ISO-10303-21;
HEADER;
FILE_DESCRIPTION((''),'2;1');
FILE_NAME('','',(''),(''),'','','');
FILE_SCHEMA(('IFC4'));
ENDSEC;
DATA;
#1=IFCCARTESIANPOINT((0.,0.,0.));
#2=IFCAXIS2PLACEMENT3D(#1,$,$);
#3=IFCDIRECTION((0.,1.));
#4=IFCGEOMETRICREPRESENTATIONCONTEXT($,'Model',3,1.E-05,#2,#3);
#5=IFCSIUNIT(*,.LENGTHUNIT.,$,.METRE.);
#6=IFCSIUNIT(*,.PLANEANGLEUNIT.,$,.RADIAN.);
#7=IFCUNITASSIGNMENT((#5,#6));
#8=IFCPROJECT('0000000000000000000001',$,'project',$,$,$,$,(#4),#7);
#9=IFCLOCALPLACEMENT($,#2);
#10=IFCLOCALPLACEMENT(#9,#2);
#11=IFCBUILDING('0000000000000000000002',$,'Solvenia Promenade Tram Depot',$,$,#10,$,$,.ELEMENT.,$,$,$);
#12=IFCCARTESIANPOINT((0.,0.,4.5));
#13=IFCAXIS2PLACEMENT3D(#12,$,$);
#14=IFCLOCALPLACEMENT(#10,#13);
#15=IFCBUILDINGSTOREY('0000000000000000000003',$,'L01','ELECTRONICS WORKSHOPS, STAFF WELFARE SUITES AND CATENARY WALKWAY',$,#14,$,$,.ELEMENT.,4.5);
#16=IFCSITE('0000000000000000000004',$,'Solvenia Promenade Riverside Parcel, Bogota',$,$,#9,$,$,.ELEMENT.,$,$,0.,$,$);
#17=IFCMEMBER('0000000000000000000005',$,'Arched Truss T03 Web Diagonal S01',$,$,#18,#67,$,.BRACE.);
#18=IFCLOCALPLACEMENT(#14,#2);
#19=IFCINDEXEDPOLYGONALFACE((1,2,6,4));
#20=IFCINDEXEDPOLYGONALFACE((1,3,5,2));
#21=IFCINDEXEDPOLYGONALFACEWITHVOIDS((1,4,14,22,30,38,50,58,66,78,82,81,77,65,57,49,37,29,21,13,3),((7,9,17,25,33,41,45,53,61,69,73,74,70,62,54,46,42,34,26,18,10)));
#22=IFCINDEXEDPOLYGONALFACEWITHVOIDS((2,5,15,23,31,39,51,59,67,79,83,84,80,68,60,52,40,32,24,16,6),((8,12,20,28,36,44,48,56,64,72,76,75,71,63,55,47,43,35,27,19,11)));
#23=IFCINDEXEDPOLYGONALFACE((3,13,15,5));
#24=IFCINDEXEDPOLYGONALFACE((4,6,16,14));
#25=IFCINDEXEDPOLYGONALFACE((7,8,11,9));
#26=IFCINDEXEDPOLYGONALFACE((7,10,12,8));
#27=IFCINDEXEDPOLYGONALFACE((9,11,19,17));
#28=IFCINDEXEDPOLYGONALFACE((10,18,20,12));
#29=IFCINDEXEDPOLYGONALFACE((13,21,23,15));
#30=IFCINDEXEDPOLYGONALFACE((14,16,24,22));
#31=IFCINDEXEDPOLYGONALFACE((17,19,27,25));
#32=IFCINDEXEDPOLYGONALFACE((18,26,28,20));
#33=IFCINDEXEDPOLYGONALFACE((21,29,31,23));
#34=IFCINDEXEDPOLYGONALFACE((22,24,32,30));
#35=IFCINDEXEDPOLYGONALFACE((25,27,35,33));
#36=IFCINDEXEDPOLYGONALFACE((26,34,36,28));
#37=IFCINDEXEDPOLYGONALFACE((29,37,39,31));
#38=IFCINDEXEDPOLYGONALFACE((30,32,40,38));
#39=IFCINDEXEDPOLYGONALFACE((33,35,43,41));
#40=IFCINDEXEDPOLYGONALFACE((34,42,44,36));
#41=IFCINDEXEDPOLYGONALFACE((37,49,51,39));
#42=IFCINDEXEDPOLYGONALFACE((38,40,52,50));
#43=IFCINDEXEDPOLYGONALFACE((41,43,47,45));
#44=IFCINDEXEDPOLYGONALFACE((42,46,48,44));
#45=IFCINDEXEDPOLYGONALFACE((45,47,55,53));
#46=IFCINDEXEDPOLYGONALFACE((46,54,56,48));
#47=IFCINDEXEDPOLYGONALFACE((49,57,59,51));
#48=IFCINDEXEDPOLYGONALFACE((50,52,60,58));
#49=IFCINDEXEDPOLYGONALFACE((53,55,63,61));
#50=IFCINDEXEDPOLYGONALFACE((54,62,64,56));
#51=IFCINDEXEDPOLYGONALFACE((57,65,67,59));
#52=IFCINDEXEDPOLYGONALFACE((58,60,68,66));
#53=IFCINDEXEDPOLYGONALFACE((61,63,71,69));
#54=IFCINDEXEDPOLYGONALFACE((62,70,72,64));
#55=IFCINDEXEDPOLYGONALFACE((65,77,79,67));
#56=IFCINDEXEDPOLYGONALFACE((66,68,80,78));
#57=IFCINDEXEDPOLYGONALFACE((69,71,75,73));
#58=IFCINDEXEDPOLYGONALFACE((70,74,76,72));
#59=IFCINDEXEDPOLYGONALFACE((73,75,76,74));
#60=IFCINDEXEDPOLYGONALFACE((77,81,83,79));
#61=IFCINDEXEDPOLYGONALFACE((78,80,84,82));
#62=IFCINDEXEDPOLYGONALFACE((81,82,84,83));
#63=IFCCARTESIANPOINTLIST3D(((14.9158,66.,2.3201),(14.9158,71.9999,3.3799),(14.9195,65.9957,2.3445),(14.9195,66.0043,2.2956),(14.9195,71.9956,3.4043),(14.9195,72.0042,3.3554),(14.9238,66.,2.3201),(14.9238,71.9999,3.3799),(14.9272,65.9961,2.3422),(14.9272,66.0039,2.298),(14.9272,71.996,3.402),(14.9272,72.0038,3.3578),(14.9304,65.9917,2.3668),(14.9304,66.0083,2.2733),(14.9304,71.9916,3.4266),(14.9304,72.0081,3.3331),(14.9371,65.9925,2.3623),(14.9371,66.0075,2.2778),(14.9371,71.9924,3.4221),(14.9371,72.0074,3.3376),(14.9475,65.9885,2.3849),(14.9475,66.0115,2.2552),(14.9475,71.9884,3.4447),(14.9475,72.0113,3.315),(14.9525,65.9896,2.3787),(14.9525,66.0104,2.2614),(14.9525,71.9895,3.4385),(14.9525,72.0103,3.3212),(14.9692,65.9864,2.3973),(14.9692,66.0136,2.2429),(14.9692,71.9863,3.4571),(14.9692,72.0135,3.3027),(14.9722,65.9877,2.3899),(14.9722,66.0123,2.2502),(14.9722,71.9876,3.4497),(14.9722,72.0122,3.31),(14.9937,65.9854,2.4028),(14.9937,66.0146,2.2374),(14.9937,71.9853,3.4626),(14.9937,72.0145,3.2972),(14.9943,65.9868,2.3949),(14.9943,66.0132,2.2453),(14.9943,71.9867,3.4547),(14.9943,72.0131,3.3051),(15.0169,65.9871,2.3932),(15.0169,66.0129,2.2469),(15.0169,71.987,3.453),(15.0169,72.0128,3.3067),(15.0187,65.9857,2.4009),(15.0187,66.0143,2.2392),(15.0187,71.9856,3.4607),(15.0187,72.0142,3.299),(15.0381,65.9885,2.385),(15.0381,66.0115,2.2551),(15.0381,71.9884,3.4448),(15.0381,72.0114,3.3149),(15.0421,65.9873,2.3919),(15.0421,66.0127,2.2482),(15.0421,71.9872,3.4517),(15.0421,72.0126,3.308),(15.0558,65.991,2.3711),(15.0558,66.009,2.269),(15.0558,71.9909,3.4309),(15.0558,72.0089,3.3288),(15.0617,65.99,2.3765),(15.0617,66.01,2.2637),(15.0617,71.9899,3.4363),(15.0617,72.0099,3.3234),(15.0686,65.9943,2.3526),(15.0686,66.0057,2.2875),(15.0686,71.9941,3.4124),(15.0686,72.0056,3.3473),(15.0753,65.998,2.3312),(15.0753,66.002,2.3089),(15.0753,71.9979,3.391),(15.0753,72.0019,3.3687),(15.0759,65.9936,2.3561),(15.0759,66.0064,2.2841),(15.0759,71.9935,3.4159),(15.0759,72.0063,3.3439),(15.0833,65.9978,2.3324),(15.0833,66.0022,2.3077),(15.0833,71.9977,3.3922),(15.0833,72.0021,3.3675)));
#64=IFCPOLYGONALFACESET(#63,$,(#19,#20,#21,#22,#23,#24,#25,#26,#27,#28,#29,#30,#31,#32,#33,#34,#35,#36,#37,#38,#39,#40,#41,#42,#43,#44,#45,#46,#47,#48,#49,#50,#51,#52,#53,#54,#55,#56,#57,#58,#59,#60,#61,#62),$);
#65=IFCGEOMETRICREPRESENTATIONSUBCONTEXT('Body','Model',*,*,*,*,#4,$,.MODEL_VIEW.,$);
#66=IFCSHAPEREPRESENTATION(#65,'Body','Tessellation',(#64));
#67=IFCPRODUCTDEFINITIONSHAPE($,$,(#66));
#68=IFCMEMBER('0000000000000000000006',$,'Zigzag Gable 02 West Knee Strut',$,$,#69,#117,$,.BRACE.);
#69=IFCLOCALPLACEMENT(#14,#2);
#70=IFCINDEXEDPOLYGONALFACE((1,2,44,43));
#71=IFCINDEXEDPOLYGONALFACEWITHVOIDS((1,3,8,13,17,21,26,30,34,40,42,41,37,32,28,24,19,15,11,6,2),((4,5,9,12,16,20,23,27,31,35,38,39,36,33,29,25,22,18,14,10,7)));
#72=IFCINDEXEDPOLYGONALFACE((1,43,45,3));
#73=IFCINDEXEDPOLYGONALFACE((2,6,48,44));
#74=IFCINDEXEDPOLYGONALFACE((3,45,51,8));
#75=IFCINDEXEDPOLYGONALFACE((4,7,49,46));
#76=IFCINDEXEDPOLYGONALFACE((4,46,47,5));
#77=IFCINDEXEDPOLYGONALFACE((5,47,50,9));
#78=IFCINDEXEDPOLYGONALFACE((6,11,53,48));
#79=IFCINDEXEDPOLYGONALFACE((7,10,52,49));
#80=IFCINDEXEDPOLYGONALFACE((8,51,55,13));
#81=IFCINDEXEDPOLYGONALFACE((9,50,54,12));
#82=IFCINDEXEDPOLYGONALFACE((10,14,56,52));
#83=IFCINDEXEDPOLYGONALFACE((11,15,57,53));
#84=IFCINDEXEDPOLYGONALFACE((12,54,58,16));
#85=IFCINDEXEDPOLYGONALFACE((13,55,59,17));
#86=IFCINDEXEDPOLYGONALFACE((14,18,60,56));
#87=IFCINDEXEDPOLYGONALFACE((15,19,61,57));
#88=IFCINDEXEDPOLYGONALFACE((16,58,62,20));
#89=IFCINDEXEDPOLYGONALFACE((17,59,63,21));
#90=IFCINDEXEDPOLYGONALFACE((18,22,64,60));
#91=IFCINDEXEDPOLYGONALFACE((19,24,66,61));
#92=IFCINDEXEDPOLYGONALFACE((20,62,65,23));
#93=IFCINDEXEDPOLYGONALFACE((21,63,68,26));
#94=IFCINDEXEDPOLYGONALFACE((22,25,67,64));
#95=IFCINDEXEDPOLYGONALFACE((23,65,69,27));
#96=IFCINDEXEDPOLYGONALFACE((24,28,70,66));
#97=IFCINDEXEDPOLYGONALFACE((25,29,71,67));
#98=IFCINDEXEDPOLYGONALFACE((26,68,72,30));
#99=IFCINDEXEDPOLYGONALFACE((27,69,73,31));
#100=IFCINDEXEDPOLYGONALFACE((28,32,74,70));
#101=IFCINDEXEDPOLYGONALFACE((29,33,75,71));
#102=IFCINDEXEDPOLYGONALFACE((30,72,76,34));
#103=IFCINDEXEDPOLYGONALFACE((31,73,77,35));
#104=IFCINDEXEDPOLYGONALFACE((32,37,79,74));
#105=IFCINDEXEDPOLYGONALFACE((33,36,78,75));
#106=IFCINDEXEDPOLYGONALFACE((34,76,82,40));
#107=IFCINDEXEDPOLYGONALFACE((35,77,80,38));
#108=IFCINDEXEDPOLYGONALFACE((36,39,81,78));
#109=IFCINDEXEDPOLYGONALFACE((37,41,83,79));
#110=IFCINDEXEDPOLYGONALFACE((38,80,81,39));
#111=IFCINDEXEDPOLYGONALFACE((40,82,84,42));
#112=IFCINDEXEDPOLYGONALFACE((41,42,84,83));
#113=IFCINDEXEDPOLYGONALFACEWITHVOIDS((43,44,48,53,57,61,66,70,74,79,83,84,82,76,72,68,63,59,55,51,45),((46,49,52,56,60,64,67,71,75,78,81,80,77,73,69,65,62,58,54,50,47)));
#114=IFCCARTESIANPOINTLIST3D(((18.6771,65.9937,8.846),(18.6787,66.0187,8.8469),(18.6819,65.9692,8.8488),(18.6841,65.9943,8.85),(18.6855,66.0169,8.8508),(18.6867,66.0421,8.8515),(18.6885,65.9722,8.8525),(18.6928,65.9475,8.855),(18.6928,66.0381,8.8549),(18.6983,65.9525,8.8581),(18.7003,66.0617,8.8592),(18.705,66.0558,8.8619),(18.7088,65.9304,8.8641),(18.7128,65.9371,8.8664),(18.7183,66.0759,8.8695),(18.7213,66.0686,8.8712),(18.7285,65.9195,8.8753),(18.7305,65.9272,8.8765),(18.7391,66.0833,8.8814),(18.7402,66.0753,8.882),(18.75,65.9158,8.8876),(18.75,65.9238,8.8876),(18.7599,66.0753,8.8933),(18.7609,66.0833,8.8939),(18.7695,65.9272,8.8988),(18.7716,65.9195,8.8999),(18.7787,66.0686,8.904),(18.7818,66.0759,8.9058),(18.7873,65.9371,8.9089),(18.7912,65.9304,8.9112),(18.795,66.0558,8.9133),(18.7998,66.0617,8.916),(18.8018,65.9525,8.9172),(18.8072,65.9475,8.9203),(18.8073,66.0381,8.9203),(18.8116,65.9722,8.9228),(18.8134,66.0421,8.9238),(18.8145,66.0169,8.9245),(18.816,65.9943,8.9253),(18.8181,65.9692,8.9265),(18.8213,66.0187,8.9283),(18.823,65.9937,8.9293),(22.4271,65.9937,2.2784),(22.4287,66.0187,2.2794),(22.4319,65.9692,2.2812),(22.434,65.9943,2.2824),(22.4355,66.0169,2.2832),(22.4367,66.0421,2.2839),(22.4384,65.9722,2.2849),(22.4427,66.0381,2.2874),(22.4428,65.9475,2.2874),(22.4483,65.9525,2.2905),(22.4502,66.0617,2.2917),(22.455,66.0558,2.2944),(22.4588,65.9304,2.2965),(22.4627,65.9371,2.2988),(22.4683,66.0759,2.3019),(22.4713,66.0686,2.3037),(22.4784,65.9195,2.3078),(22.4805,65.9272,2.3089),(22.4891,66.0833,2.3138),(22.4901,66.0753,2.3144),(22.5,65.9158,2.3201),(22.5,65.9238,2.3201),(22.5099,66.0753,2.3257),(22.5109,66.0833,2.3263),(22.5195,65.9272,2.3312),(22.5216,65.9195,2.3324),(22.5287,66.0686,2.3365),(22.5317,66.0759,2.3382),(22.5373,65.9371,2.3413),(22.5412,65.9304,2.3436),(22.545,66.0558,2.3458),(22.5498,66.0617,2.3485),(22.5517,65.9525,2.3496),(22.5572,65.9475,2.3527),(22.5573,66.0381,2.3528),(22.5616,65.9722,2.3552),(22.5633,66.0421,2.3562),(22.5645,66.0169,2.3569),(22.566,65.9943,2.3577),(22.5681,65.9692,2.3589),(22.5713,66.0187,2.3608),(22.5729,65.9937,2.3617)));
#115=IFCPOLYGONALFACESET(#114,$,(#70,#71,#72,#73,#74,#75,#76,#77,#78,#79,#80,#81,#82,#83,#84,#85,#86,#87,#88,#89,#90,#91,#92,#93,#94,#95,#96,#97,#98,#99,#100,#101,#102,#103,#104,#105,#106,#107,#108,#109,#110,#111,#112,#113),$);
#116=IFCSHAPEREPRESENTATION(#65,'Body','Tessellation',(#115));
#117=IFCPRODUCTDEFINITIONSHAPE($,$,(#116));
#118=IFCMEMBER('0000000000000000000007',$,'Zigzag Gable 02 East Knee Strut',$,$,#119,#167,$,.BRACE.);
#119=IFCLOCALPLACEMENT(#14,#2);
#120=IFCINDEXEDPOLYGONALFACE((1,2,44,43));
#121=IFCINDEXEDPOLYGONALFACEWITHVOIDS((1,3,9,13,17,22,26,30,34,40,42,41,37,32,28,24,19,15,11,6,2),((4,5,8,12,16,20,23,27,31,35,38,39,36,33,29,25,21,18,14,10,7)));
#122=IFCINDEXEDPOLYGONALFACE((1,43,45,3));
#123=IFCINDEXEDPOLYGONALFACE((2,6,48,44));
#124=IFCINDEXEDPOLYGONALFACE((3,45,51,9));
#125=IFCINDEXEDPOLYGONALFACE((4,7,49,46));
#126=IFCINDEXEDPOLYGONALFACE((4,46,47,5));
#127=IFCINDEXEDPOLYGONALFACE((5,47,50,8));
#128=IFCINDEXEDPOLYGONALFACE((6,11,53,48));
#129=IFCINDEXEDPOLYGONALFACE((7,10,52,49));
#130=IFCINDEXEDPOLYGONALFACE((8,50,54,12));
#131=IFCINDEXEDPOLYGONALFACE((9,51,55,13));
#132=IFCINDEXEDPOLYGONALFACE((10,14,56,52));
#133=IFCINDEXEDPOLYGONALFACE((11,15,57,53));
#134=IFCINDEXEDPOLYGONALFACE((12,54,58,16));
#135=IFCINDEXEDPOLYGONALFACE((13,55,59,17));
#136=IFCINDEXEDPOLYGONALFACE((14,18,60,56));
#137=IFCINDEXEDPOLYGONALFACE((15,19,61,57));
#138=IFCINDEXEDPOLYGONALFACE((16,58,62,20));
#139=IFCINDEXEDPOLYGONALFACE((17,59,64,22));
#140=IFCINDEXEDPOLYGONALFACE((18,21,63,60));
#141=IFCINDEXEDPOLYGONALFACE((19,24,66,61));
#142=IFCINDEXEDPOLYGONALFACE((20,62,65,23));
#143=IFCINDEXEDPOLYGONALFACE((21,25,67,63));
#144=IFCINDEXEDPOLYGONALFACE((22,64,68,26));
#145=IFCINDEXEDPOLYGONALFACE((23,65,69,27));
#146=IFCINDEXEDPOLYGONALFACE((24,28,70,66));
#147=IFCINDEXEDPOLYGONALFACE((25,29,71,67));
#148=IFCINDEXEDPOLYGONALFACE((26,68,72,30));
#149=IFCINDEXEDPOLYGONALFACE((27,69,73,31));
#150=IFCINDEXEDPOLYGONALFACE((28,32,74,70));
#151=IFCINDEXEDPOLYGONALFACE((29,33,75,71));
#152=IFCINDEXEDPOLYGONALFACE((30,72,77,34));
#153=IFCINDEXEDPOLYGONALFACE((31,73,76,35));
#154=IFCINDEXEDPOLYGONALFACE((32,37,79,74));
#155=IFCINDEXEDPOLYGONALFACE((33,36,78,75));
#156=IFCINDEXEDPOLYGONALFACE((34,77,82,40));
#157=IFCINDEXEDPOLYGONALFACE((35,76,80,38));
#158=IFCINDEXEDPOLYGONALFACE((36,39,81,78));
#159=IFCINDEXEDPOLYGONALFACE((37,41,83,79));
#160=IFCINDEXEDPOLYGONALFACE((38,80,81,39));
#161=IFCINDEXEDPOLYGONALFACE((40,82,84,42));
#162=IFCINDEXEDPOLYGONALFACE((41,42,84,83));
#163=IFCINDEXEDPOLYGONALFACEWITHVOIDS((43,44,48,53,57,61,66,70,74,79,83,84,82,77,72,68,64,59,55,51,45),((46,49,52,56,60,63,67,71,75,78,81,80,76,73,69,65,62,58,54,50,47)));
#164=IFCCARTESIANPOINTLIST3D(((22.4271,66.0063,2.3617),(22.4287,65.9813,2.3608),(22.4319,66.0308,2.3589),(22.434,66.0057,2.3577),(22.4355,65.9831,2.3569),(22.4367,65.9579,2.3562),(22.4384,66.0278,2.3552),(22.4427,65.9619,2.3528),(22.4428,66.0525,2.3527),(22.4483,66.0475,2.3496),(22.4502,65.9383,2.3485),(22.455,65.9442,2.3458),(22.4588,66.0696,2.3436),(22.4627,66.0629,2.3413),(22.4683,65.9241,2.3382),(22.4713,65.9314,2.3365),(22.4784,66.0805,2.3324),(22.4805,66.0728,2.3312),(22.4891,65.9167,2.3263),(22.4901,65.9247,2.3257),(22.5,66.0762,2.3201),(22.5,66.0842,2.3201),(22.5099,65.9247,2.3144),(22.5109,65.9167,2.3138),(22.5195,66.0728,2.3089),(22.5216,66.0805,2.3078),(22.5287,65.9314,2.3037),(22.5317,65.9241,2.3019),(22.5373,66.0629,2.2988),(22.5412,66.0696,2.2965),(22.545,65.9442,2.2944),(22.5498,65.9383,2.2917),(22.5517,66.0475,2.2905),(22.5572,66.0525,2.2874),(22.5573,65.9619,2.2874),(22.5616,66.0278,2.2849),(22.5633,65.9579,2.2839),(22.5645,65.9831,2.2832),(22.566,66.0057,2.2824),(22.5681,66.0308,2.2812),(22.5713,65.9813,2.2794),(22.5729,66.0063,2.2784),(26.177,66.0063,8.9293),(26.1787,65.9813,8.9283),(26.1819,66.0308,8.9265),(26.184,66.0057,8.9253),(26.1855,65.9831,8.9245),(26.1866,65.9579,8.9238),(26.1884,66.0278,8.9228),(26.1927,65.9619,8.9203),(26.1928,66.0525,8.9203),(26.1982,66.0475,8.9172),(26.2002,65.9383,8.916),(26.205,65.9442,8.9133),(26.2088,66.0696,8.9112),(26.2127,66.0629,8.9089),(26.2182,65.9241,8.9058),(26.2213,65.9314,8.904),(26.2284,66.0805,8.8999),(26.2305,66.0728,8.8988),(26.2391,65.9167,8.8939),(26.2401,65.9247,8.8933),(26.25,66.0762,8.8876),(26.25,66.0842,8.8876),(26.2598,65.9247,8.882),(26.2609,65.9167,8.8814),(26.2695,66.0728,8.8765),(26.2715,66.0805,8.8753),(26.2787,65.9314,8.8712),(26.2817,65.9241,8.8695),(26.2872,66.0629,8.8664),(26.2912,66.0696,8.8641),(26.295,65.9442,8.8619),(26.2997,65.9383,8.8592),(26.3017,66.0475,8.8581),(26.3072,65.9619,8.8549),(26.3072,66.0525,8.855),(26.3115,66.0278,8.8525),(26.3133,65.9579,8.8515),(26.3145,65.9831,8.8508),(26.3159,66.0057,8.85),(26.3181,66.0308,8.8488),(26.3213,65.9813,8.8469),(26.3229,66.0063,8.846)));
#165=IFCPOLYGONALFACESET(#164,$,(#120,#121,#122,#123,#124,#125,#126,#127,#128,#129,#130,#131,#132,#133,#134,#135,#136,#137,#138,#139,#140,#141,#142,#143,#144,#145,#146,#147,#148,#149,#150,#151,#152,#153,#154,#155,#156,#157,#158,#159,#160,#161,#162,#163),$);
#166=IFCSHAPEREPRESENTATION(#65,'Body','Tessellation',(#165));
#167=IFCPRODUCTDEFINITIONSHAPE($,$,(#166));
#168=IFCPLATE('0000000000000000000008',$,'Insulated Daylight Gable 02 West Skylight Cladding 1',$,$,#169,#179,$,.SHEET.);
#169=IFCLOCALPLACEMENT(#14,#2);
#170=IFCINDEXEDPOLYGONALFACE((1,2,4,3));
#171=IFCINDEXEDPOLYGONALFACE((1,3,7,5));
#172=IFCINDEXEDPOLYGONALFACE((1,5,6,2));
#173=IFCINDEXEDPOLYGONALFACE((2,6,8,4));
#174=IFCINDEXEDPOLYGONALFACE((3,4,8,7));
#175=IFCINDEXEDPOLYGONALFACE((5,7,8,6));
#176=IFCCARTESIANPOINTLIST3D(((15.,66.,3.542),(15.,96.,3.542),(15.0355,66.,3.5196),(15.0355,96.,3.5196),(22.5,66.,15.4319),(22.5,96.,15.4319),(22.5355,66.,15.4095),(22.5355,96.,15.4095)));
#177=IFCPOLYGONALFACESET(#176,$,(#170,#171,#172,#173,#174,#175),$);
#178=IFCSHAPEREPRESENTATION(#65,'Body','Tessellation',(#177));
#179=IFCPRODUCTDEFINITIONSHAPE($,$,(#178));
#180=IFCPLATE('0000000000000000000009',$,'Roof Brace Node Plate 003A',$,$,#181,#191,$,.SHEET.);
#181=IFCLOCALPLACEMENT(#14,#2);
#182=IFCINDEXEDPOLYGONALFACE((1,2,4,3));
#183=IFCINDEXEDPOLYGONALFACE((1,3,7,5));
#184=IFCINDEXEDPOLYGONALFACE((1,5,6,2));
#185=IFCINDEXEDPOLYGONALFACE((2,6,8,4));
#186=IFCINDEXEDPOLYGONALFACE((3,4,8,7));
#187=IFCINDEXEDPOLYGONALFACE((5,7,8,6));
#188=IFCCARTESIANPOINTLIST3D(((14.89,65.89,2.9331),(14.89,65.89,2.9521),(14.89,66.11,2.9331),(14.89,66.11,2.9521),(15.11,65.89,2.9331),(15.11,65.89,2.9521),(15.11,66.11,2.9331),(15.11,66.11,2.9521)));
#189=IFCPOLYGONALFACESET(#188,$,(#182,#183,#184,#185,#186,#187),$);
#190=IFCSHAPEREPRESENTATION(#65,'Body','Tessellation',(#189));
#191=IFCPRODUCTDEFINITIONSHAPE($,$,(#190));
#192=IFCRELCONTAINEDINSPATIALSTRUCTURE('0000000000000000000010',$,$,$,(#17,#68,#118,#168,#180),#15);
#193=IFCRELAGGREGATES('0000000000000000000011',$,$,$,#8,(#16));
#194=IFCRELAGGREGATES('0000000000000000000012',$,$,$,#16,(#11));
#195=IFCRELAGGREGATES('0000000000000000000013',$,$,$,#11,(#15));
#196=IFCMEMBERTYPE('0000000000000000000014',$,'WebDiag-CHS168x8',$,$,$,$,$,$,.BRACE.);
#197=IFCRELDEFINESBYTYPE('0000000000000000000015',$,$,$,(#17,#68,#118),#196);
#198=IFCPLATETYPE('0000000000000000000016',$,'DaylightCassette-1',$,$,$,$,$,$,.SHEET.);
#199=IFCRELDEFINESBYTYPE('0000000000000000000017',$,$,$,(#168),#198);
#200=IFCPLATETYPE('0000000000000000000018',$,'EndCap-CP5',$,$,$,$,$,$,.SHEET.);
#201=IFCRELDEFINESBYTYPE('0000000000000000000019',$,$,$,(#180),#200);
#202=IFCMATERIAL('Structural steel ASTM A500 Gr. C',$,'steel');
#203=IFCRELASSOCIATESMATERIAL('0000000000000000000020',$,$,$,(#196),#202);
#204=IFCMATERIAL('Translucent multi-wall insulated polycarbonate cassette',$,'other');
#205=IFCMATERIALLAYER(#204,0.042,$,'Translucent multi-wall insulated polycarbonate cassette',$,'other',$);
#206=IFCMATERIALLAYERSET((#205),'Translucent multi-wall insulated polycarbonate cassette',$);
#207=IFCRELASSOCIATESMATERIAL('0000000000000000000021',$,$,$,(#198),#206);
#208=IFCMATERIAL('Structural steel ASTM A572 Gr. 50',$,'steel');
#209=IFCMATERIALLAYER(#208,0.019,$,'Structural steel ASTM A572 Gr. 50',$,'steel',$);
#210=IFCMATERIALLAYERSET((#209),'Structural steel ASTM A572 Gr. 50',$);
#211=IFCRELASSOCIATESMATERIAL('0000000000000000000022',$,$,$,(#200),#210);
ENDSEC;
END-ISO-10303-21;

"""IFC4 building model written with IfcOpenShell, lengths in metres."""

from ifc_helpers import new_model, si_unit, direction, frame, origin, origin_2d, place, context, subcontext, project, spatial, polyline, rectangle, hollow_circle, outline, extrude, material, layer, layer_set, material_profile, profile_set, type_object, element, save


model = new_model("IFC4")

# Units and contexts
model_context = context("Model", 3, precision=1e-05, world=origin(), true_north=direction((0.0, 1.0)))
body_context = subcontext(model_context, "Body", "Model", "MODEL_VIEW")
ifc_project = project(units=[si_unit("LENGTHUNIT", "METRE"), si_unit("PLANEANGLEUNIT", "RADIAN")], contexts=[model_context])

# Site, building, storey
site_placement = place(None, origin())
site = spatial("IfcSite", under=ifc_project, at=site_placement, Name="Solvenia Promenade Riverside Parcel, Bogota", CompositionType="ELEMENT", RefElevation=0.0)
building_placement = place(site_placement, origin())
building = spatial("IfcBuilding", under=site, at=building_placement, Name="Solvenia Promenade Tram Depot", CompositionType="ELEMENT")
storey_placement = place(building_placement, frame((0.0, 0.0, 4.5)))
storey = spatial("IfcBuildingStorey", under=building, at=storey_placement, Name="L01", Description="ELECTRONICS WORKSHOPS, STAFF WELFARE SUITES AND CATENARY WALKWAY", CompositionType="ELEMENT", Elevation=4.5)

# Shared definitions
ifc_material_1 = material(Name="Structural steel ASTM A500 Gr. C", Category="steel")

# Members
ifc_material_profile_1 = material_profile(ifc_material_1, hollow_circle(Radius=0.0842, WallThickness=0.0081, at=origin_2d()), Name="CHS168.3x8", Category="steel")
ifc_profile_set_1 = profile_set([ifc_material_profile_1], Name="Structural steel ASTM A500 Gr. C")
member_type_1 = type_object("IfcMemberType", Name="WebDiag-CHS168x8", PredefinedType="BRACE", material=ifc_profile_set_1)
member_1_placement = place(storey_placement, frame((15.0, 66.0, 2.3201), z_axis=(0.0, 0.984756, 0.173943), x_axis=(-1.0, 0.0, 0.0)))
element("IfcMember", 1, at=member_1_placement, inside=storey, type_object=member_type_1, Name="Arched Truss T03 Web Diagonal S01", PredefinedType="BRACE", context=body_context, shape_type="SweptSolid", body=[
    extrude(hollow_circle(Radius=0.0842, WallThickness=0.0081, at=origin_2d()), origin(), (0.0, 0.0, 1.0), 6.0928),
])
for number, where, z_axis, x_axis, name in (
    (2, (22.5, 66.0, 2.3201), (-0.495847, 0.0, 0.86841), (0.0, -1.0, 0.0), "Zigzag Gable 02 West Knee Strut"),
    (3, (22.5, 66.0, 2.3201), (0.495847, 0.0, 0.86841), (0.0, 1.0, 0.0), "Zigzag Gable 02 East Knee Strut"),
):
    element("IfcMember", number, at=place(storey_placement, frame(where, z_axis=z_axis, x_axis=x_axis)), inside=storey, type_object=member_type_1, Name=name, PredefinedType="BRACE", context=body_context, shape_type="SweptSolid", body=[
        extrude(hollow_circle(Radius=0.0842, WallThickness=0.0081, at=origin_2d()), origin(), (0.0, 0.0, 1.0), 7.5627),
    ])

# Plates
ifc_material_2 = material(Name="Translucent multi-wall insulated polycarbonate cassette", Category="other")
ifc_layer_1 = layer(ifc_material_2, 0.042, Name="Translucent multi-wall insulated polycarbonate cassette", Category="other")
ifc_layer_set_1 = layer_set([ifc_layer_1], Name="Translucent multi-wall insulated polycarbonate cassette")
plate_type_1 = type_object("IfcPlateType", Name="DaylightCassette-1", PredefinedType="SHEET", material=ifc_layer_set_1)
plate_1_placement = place(storey_placement, frame((15.0, 66.0, 3.542), z_axis=(-0.845791, 0.0, 0.533515), x_axis=(0.0, 1.0, 0.0)))
element("IfcPlate", 4, at=plate_1_placement, inside=storey, type_object=plate_type_1, Name="Insulated Daylight Gable 02 West Skylight Cladding 1", PredefinedType="SHEET", context=body_context, shape_type="SweptSolid", body=[
    extrude(outline(polyline([(0.0, 0.0), (30.0, 0.0), (30.0, -14.0577), (0.0, -14.0577), (0.0, 0.0)])), origin(), (0.0, 0.0, -1.0), 0.042),
])
ifc_material_3 = material(Name="Structural steel ASTM A572 Gr. 50", Category="steel")
ifc_layer_2 = layer(ifc_material_3, 0.019, Name="Structural steel ASTM A572 Gr. 50", Category="steel")
ifc_layer_set_2 = layer_set([ifc_layer_2], Name="Structural steel ASTM A572 Gr. 50")
plate_type_2 = type_object("IfcPlateType", Name="EndCap-CP5", PredefinedType="SHEET", material=ifc_layer_set_2)
plate_2_placement = place(storey_placement, frame((15.0, 66.0, 2.9331), z_axis=(0.0, 0.0, 1.0), x_axis=(1.0, 0.0, 0.0)))
element("IfcPlate", 5, at=plate_2_placement, inside=storey, type_object=plate_type_2, Name="Roof Brace Node Plate 003A", PredefinedType="SHEET", context=body_context, shape_type="SweptSolid", body=[
    extrude(rectangle(XDim=0.22, YDim=0.22, at=origin_2d()), origin(), (0.0, 0.0, 1.0), 0.019),
])

save(model, "model.ifc")
